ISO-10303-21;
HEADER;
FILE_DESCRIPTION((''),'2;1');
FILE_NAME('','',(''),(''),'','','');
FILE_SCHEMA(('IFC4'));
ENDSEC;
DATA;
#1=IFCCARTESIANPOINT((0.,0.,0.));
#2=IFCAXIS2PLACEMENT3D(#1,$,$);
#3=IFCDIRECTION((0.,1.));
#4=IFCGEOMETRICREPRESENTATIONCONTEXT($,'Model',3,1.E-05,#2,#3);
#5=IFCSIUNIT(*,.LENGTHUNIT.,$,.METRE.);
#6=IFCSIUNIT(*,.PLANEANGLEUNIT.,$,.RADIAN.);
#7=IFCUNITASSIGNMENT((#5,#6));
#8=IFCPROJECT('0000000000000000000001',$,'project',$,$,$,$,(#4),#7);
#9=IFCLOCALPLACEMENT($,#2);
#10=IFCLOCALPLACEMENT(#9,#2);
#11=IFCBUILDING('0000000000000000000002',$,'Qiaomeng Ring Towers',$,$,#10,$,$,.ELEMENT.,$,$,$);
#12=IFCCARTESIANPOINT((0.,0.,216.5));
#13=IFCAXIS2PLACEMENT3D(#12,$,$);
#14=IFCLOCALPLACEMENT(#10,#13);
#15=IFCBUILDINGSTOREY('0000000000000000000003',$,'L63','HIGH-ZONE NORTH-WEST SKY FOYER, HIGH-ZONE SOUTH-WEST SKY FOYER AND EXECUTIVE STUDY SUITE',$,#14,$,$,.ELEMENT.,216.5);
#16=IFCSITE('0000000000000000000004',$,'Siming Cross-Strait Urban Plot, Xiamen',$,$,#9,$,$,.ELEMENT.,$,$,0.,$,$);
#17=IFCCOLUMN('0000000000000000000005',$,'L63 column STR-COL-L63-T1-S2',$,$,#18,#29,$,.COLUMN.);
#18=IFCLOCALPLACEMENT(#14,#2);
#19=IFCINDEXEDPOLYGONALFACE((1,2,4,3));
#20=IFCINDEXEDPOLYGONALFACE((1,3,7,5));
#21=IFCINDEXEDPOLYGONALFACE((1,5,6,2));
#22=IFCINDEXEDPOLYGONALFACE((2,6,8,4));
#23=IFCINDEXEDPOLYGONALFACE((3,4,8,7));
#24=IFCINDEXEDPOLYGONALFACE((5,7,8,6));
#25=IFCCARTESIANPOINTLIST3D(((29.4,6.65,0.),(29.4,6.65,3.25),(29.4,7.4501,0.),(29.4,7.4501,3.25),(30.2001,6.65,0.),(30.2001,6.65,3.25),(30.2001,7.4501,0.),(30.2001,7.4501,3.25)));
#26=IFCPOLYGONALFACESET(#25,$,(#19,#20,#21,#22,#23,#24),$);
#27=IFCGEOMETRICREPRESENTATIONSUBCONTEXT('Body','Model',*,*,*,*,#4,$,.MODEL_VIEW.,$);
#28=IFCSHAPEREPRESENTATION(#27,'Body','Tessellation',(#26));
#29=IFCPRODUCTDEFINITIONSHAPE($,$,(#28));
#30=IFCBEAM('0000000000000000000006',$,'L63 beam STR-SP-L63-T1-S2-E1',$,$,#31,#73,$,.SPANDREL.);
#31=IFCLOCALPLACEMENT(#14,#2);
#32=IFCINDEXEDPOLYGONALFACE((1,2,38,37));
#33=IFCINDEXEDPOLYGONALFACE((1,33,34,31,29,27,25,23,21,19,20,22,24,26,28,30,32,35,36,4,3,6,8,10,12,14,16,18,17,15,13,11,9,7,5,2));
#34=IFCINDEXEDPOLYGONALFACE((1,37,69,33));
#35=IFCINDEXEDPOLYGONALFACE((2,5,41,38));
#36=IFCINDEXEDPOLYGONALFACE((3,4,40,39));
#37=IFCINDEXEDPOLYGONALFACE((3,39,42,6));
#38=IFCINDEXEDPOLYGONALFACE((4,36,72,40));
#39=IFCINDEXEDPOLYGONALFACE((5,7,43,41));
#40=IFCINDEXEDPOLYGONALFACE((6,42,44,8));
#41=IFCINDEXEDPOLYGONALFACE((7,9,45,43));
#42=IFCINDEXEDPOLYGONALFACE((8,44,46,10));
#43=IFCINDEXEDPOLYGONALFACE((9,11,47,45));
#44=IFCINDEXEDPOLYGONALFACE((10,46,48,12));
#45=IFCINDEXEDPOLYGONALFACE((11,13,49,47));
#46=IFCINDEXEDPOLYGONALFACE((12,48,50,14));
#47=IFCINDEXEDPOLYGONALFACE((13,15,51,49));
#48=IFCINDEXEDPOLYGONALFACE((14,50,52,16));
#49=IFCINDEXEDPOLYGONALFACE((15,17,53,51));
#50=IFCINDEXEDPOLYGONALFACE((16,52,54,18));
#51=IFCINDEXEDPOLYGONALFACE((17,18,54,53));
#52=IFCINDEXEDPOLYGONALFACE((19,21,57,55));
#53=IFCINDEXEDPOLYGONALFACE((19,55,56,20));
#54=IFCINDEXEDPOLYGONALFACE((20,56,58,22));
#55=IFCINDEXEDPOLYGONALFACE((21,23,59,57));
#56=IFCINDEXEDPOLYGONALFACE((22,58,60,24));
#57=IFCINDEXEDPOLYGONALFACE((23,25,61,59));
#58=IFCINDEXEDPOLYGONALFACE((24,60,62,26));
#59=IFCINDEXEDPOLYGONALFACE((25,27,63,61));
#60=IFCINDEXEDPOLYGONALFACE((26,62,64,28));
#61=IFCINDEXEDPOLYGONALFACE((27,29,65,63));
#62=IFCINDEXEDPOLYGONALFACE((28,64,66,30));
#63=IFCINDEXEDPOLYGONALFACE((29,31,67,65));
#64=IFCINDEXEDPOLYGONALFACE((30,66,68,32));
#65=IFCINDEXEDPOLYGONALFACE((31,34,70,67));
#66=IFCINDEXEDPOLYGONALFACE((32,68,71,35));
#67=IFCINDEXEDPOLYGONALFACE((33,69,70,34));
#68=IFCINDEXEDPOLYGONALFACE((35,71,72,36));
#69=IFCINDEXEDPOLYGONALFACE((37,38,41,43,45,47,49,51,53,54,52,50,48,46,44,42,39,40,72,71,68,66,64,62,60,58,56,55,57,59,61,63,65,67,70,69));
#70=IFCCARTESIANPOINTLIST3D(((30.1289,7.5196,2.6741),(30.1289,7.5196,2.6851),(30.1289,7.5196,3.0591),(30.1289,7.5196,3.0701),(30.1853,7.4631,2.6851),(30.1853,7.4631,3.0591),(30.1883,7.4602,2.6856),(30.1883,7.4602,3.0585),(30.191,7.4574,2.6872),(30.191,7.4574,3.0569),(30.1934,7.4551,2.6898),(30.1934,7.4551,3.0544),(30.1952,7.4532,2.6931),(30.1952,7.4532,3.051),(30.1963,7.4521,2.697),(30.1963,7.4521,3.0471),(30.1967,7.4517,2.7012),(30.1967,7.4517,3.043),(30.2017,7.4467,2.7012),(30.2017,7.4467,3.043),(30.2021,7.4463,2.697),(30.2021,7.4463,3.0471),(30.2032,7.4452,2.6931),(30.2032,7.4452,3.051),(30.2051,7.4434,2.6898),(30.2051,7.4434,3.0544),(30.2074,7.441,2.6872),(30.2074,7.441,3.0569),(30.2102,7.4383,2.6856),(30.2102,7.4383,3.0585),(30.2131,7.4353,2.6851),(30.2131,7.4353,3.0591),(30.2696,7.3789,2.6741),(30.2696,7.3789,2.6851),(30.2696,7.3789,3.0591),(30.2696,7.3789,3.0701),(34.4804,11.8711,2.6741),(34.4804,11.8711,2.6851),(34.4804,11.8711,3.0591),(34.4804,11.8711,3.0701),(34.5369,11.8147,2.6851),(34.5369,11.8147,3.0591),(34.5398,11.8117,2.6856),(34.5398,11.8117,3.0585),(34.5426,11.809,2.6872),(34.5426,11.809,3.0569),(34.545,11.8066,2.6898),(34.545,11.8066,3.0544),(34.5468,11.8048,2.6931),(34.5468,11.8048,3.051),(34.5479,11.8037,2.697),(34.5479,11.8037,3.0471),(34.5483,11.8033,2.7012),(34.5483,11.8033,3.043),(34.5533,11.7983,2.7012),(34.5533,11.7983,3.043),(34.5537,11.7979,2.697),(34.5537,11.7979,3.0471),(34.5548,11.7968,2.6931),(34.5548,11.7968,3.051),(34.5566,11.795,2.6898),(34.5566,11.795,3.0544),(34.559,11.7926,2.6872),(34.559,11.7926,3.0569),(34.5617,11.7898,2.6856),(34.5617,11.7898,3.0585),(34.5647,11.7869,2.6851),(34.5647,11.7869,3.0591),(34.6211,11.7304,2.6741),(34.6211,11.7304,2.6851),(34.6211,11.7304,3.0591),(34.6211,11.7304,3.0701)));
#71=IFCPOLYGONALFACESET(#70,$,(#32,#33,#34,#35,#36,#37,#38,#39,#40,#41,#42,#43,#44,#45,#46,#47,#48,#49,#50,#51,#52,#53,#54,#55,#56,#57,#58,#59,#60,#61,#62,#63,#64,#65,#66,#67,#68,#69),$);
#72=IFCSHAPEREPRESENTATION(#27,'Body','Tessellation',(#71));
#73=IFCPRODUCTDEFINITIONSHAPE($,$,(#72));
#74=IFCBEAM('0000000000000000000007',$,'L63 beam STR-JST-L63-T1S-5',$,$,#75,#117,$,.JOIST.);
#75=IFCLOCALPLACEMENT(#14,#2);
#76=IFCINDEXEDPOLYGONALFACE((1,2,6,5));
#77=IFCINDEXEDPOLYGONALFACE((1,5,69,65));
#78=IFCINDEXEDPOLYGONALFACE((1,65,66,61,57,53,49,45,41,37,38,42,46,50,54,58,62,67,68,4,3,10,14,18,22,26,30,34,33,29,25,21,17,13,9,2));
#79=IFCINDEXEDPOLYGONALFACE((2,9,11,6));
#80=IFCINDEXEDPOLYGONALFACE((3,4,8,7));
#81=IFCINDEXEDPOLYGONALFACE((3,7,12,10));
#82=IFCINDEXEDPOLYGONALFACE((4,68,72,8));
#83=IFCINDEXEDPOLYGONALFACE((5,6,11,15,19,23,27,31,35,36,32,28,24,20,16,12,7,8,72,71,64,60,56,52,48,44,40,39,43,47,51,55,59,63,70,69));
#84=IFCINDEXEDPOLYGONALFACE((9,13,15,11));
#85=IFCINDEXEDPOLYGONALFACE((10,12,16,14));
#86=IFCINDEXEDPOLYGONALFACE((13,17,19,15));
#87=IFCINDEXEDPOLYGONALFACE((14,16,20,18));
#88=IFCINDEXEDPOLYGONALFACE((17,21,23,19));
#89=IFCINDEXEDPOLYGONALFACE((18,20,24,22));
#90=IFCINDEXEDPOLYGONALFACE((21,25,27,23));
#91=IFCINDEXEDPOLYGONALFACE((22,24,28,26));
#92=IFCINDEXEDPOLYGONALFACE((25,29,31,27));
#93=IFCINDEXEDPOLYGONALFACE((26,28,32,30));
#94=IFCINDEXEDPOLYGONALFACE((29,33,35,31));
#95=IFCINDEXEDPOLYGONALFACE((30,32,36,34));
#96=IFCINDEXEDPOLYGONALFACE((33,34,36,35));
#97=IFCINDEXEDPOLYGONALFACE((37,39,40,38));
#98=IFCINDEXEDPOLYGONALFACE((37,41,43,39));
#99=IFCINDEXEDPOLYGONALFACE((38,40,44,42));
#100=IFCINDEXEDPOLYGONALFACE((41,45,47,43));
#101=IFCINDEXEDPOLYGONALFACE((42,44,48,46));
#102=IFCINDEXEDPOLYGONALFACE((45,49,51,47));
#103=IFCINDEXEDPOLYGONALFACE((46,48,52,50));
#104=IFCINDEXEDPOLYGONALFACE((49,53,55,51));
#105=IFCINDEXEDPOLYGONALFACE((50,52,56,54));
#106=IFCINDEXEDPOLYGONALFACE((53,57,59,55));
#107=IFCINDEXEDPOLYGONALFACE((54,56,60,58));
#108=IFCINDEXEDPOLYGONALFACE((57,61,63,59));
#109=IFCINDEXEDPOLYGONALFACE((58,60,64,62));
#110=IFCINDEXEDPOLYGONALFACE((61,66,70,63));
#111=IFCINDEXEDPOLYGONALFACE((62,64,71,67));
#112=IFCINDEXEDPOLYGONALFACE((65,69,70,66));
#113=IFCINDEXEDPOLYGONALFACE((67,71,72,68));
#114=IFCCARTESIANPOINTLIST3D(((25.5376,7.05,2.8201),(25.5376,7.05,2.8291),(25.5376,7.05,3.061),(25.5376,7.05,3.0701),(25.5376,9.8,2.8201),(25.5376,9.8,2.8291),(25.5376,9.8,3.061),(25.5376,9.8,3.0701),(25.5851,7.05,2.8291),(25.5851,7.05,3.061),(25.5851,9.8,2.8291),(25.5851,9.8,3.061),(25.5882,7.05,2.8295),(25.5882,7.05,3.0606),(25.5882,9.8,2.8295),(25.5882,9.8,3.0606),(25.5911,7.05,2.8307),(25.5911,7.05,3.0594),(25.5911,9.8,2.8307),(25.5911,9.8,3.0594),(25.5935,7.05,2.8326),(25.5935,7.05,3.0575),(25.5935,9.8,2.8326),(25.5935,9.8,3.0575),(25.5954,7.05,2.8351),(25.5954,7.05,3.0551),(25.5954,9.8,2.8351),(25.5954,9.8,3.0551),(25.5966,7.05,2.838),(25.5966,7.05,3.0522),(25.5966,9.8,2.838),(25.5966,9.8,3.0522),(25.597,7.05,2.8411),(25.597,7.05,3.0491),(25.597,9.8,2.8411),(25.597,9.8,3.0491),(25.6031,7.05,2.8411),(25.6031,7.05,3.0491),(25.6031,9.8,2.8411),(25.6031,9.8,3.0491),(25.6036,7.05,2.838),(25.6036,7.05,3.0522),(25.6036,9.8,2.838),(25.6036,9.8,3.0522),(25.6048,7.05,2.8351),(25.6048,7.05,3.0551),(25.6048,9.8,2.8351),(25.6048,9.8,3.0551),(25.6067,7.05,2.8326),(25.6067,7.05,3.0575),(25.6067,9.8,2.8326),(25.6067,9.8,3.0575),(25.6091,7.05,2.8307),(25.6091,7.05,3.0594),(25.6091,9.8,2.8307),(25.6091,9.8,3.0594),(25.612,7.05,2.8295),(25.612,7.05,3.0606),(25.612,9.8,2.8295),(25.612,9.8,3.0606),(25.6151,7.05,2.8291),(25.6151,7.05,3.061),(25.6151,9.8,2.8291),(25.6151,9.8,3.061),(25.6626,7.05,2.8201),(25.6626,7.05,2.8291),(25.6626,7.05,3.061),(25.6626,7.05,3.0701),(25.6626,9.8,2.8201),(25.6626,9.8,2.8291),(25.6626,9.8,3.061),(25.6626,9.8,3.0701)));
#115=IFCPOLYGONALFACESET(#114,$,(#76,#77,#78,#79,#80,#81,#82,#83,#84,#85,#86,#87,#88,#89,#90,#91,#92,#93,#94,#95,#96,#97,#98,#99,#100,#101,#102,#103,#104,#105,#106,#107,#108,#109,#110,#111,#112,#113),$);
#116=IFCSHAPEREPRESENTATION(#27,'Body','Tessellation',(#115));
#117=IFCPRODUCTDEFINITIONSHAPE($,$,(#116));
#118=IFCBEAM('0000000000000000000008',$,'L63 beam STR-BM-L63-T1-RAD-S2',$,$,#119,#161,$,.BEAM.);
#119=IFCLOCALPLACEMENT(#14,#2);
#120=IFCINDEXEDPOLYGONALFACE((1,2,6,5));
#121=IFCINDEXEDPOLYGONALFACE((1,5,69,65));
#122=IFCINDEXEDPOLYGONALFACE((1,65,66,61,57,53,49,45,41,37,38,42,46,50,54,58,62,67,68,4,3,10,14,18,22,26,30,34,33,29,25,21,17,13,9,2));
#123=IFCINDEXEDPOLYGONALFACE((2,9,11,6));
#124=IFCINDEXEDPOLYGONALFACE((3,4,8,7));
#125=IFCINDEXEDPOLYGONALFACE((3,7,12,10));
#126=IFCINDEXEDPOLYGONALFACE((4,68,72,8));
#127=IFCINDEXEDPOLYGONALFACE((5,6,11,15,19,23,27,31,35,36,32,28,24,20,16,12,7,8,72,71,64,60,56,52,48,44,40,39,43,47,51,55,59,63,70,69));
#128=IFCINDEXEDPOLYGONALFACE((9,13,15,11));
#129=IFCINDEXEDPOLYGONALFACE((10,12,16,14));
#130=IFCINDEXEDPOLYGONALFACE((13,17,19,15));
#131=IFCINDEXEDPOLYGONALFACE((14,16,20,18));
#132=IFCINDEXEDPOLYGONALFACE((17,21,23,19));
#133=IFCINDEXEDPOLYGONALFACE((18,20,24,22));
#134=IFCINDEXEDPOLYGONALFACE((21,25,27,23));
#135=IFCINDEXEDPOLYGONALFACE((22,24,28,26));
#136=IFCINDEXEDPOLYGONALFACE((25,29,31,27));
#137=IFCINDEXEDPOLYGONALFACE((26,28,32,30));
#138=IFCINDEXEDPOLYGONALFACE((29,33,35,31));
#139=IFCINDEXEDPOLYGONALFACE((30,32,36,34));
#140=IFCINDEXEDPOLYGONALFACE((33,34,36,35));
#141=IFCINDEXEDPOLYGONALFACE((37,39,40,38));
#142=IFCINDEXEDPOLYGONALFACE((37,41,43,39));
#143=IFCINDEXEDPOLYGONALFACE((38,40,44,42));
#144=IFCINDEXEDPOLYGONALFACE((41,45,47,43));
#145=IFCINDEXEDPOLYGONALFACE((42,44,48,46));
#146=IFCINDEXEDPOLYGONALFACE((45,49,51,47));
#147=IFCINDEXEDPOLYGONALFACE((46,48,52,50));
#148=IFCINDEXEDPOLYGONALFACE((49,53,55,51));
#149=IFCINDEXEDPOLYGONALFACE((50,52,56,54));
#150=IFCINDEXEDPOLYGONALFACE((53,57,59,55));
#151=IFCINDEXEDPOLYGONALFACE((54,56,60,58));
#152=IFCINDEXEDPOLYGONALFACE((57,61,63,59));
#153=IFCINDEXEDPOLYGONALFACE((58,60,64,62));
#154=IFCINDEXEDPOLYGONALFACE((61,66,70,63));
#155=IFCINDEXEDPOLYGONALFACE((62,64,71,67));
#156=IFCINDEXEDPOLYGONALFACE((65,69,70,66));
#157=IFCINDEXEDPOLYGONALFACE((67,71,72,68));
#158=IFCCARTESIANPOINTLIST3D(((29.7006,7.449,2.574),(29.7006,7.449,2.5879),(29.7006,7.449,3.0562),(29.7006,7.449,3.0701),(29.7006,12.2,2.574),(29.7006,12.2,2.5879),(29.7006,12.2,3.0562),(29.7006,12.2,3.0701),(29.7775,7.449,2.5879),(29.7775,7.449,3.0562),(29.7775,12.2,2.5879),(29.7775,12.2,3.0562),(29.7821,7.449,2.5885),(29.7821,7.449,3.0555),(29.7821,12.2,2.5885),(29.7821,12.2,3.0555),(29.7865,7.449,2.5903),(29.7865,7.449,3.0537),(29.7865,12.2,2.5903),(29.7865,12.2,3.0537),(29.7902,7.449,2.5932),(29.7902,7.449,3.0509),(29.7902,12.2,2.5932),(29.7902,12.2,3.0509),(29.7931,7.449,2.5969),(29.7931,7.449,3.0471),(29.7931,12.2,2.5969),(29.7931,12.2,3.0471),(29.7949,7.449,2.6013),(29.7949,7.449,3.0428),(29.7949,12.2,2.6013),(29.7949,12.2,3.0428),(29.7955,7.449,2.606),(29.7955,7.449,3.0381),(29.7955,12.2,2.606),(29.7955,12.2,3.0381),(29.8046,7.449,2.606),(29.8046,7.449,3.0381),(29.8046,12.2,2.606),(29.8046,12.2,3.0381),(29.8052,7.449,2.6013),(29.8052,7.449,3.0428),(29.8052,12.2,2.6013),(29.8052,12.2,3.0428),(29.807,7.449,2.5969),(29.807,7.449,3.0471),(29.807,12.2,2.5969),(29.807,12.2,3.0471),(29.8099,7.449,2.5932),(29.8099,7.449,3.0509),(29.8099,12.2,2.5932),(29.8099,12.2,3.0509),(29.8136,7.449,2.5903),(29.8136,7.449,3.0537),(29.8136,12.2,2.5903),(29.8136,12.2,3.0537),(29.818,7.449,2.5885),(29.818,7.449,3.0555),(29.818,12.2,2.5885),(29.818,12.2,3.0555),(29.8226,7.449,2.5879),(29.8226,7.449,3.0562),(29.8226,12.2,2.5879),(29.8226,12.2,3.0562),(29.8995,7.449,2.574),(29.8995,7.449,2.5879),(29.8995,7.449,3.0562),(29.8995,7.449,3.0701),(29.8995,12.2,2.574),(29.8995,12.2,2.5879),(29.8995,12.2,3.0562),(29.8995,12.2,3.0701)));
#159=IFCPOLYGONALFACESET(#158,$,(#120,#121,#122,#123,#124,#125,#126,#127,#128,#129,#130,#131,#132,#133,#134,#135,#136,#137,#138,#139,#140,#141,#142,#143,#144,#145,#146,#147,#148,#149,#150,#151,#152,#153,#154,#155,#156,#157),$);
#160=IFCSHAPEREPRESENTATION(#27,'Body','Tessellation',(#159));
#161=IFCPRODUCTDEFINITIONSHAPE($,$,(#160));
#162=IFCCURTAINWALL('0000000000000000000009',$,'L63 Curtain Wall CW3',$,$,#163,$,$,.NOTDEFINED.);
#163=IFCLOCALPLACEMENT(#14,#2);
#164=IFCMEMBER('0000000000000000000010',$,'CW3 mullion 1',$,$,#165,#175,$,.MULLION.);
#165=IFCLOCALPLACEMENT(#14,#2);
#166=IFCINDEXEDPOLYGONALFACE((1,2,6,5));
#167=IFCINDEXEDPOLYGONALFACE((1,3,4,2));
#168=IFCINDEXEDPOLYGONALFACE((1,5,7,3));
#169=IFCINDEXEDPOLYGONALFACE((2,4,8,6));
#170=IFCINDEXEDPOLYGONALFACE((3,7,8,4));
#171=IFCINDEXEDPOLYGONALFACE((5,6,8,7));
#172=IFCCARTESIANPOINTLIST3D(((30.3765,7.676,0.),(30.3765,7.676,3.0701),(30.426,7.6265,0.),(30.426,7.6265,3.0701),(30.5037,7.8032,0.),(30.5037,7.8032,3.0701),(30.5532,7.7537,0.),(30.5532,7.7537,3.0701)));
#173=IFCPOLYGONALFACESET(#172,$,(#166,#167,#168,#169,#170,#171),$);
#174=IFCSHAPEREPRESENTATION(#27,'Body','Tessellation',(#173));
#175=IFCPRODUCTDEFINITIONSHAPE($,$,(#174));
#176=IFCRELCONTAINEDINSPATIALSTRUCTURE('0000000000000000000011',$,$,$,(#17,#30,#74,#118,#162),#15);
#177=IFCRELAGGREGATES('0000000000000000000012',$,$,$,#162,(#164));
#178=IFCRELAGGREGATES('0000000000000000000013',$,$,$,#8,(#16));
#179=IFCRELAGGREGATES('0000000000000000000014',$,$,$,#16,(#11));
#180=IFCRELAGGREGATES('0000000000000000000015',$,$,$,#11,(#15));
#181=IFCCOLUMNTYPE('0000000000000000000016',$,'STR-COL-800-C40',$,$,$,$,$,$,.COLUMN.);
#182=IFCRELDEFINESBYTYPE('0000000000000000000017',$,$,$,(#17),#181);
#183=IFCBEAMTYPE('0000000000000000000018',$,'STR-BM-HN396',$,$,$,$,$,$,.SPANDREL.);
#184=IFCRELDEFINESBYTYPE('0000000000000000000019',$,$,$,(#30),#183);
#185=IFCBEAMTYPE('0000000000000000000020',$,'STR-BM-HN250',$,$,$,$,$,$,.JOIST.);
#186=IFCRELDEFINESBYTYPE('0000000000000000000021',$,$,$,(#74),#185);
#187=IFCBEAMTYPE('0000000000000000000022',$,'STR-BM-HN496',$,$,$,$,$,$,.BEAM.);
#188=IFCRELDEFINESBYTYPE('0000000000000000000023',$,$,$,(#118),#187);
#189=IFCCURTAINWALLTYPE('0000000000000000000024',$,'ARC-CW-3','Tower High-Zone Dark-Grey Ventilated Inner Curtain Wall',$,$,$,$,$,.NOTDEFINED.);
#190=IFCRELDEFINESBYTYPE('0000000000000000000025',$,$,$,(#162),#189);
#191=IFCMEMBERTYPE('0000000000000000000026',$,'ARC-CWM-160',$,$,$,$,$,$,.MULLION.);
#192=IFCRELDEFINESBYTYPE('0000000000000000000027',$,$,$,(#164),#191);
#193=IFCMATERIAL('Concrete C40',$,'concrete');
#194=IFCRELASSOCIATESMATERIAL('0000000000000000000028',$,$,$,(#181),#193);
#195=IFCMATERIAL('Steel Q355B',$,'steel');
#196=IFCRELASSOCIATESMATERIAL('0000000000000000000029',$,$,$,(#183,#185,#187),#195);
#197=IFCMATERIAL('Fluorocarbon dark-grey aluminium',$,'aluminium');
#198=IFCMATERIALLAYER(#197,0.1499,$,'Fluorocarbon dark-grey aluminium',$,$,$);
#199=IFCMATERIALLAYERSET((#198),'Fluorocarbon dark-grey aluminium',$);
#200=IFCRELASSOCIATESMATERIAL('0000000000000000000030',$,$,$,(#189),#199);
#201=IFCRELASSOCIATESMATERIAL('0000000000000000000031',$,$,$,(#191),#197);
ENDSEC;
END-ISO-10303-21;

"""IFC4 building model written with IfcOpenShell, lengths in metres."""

from ifc_helpers import new_model, si_unit, direction, frame, origin, origin_2d, place, context, subcontext, project, spatial, rectangle, i_section, extrude, source, transform, mapped, material, layer, layer_set, material_profile, profile_set, type_object, element, aggregate, save


model = new_model("IFC4")

# Units and contexts
model_context = context("Model", 3, precision=1e-05, world=origin(), true_north=direction((0.0, 1.0)))
body_context = subcontext(model_context, "Body", "Model", "MODEL_VIEW")
ifc_project = project(units=[si_unit("LENGTHUNIT", "METRE"), si_unit("PLANEANGLEUNIT", "RADIAN")], contexts=[model_context])

# Site, building, storey
site_placement = place(None, origin())
site = spatial("IfcSite", under=ifc_project, at=site_placement, Name="Siming Cross-Strait Urban Plot, Xiamen", CompositionType="ELEMENT", RefElevation=0.0)
building_placement = place(site_placement, origin())
building = spatial("IfcBuilding", under=site, at=building_placement, Name="Qiaomeng Ring Towers", CompositionType="ELEMENT")
storey_placement = place(building_placement, frame((0.0, 0.0, 216.5)))
storey = spatial("IfcBuildingStorey", under=building, at=storey_placement, Name="L63", Description="HIGH-ZONE NORTH-WEST SKY FOYER, HIGH-ZONE SOUTH-WEST SKY FOYER AND EXECUTIVE STUDY SUITE", CompositionType="ELEMENT", Elevation=216.5)

# Column
ifc_material_1 = material(Name="Concrete C40", Category="concrete")
ifc_material_profile_1 = material_profile(ifc_material_1, rectangle(XDim=0.8, YDim=0.8, at=origin_2d()), Name="RC COL 800x800")
ifc_profile_set_1 = profile_set([ifc_material_profile_1], Name="Concrete C40")
column_type = type_object("IfcColumnType", Name="STR-COL-800-C40", PredefinedType="COLUMN", material=ifc_profile_set_1)
shared_shape_1 = source(origin(), body_context, "Body", "SweptSolid", [
    extrude(rectangle(XDim=0.8, YDim=0.8, at=origin_2d()), origin(), (0.0, 0.0, 1.0), 3.25),
])
column_placement = place(storey_placement, frame((29.8, 7.05, 0.0), z_axis=(0.0, 0.0, 1.0), x_axis=(1.0, 0.0, 0.0)))
element("IfcColumn", 1, at=column_placement, inside=storey, type_object=column_type, Name="L63 column STR-COL-L63-T1-S2", PredefinedType="COLUMN", context=body_context, shape_type="MappedRepresentation", body=[
    mapped(shared_shape_1, transform((0.0, 0.0, 0.0), x_axis=(1.0, 0.0, 0.0), y_axis=(0.0, 1.0, 0.0), z_axis=(0.0, 0.0, 1.0), scale=1.0)),
])

# Beams
ifc_material_2 = material(Name="Steel Q355B", Category="steel")
ifc_material_profile_2 = material_profile(ifc_material_2, i_section(OverallWidth=0.199, OverallDepth=0.396, WebThickness=0.0071, FlangeThickness=0.011, FilletRadius=0.0161, at=origin_2d()), Name="HN 396x199x7x11")
ifc_profile_set_2 = profile_set([ifc_material_profile_2], Name="Steel Q355B")
beam_type_1 = type_object("IfcBeamType", Name="STR-BM-HN396", PredefinedType="SPANDREL", material=ifc_profile_set_2)
shared_shape_2 = source(origin(), body_context, "Body", "SweptSolid", [
    extrude(i_section(OverallWidth=0.199, OverallDepth=0.396, WebThickness=0.0071, FlangeThickness=0.011, FilletRadius=0.0161, at=origin_2d()), origin(), (0.0, 0.0, 1.0), 6.1541),
])
beam_1_placement = place(storey_placement, frame((30.1992, 7.4492, 2.8721), z_axis=(0.707107, 0.707107, 0.0), x_axis=(-0.707107, 0.707107, 0.0)))
element("IfcBeam", 2, at=beam_1_placement, inside=storey, type_object=beam_type_1, Name="L63 beam STR-SP-L63-T1-S2-E1", PredefinedType="SPANDREL", context=body_context, shape_type="MappedRepresentation", body=[
    mapped(shared_shape_2, transform((0.0, 0.0, 0.0), x_axis=(1.0, 0.0, 0.0), y_axis=(0.0, 1.0, 0.0), z_axis=(0.0, 0.0, 1.0), scale=1.0)),
])
ifc_material_profile_3 = material_profile(ifc_material_2, i_section(OverallWidth=0.125, OverallDepth=0.25, WebThickness=0.0061, FlangeThickness=0.009, FilletRadius=0.012, at=origin_2d()), Name="HN 250x125x6x9")
ifc_profile_set_3 = profile_set([ifc_material_profile_3], Name="Steel Q355B")
beam_type_2 = type_object("IfcBeamType", Name="STR-BM-HN250", PredefinedType="JOIST", material=ifc_profile_set_3)
shared_shape_3 = source(origin(), body_context, "Body", "SweptSolid", [
    extrude(i_section(OverallWidth=0.125, OverallDepth=0.25, WebThickness=0.0061, FlangeThickness=0.009, FilletRadius=0.012, at=origin_2d()), origin(), (0.0, 0.0, 1.0), 2.75),
])
beam_2_placement = place(storey_placement, frame((25.6001, 7.05, 2.9451), z_axis=(0.0, 1.0, 0.0), x_axis=(-1.0, 0.0, 0.0)))
element("IfcBeam", 3, at=beam_2_placement, inside=storey, type_object=beam_type_2, Name="L63 beam STR-JST-L63-T1S-5", PredefinedType="JOIST", context=body_context, shape_type="MappedRepresentation", body=[
    mapped(shared_shape_3, transform((0.0, 0.0, 0.0), x_axis=(1.0, 0.0, 0.0), y_axis=(0.0, 1.0, 0.0), z_axis=(0.0, 0.0, 1.0), scale=1.0)),
])
ifc_material_profile_4 = material_profile(ifc_material_2, i_section(OverallWidth=0.199, OverallDepth=0.4961, WebThickness=0.009, FlangeThickness=0.0139, FilletRadius=0.0181, at=origin_2d()), Name="HN 496x199x9x14")
ifc_profile_set_4 = profile_set([ifc_material_profile_4], Name="Steel Q355B")
beam_type_3 = type_object("IfcBeamType", Name="STR-BM-HN496", PredefinedType="BEAM", material=ifc_profile_set_4)
shared_shape_4 = source(origin(), body_context, "Body", "SweptSolid", [
    extrude(i_section(OverallWidth=0.199, OverallDepth=0.4961, WebThickness=0.009, FlangeThickness=0.0139, FilletRadius=0.0181, at=origin_2d()), origin(), (0.0, 0.0, 1.0), 4.751),
])
beam_3_placement = place(storey_placement, frame((29.8, 7.449, 2.822), z_axis=(0.0, 1.0, 0.0), x_axis=(-1.0, 0.0, 0.0)))
element("IfcBeam", 4, at=beam_3_placement, inside=storey, type_object=beam_type_3, Name="L63 beam STR-BM-L63-T1-RAD-S2", PredefinedType="BEAM", context=body_context, shape_type="MappedRepresentation", body=[
    mapped(shared_shape_4, transform((0.0, 0.0, 0.0), x_axis=(1.0, 0.0, 0.0), y_axis=(0.0, 1.0, 0.0), z_axis=(0.0, 0.0, 1.0), scale=1.0)),
])

# Curtain wall, member
ifc_material_3 = material(Name="Fluorocarbon dark-grey aluminium", Category="aluminium")
ifc_layer_1 = layer(ifc_material_3, 0.1499, Name="Fluorocarbon dark-grey aluminium")
ifc_layer_set_1 = layer_set([ifc_layer_1], Name="Fluorocarbon dark-grey aluminium")
curtain_wall_type = type_object("IfcCurtainWallType", Name="ARC-CW-3", Description="Tower High-Zone Dark-Grey Ventilated Inner Curtain Wall", PredefinedType="NOTDEFINED", material=ifc_layer_set_1)
curtain_wall_placement = place(storey_placement, origin())
curtain_wall = element("IfcCurtainWall", 5, at=curtain_wall_placement, inside=storey, type_object=curtain_wall_type, Name="L63 Curtain Wall CW3", PredefinedType="NOTDEFINED")
ifc_material_profile_5 = material_profile(ifc_material_3, rectangle(XDim=0.0701, YDim=0.1799, at=origin_2d()), Name="ALU MULL 70x180")
ifc_profile_set_5 = profile_set([ifc_material_profile_5], Name="Fluorocarbon dark-grey aluminium")
member_type_1 = type_object("IfcMemberType", Name="ARC-CWM-160", PredefinedType="MULLION", material=ifc_profile_set_5)
shared_shape_5 = source(origin(), body_context, "Body", "SweptSolid", [
    extrude(rectangle(XDim=0.0701, YDim=0.1799, at=origin_2d()), origin(), (0.0, 0.0, 1.0), 3.0701),
])
member_1_placement = place(storey_placement, frame((30.4648, 7.7148, 0.0), z_axis=(0.0, 0.0, 1.0), x_axis=(-0.707107, 0.707107, 0.0)))
member_1 = element("IfcMember", 6, at=member_1_placement, type_object=member_type_1, Name="CW3 mullion 1", PredefinedType="MULLION", context=body_context, shape_type="MappedRepresentation", body=[
    mapped(shared_shape_5, transform((0.0, 0.0, 0.0), x_axis=(1.0, 0.0, 0.0), y_axis=(0.0, 1.0, 0.0), z_axis=(0.0, 0.0, 1.0), scale=1.0)),
])
aggregate(curtain_wall, [member_1])

save(model, "model.ifc")
